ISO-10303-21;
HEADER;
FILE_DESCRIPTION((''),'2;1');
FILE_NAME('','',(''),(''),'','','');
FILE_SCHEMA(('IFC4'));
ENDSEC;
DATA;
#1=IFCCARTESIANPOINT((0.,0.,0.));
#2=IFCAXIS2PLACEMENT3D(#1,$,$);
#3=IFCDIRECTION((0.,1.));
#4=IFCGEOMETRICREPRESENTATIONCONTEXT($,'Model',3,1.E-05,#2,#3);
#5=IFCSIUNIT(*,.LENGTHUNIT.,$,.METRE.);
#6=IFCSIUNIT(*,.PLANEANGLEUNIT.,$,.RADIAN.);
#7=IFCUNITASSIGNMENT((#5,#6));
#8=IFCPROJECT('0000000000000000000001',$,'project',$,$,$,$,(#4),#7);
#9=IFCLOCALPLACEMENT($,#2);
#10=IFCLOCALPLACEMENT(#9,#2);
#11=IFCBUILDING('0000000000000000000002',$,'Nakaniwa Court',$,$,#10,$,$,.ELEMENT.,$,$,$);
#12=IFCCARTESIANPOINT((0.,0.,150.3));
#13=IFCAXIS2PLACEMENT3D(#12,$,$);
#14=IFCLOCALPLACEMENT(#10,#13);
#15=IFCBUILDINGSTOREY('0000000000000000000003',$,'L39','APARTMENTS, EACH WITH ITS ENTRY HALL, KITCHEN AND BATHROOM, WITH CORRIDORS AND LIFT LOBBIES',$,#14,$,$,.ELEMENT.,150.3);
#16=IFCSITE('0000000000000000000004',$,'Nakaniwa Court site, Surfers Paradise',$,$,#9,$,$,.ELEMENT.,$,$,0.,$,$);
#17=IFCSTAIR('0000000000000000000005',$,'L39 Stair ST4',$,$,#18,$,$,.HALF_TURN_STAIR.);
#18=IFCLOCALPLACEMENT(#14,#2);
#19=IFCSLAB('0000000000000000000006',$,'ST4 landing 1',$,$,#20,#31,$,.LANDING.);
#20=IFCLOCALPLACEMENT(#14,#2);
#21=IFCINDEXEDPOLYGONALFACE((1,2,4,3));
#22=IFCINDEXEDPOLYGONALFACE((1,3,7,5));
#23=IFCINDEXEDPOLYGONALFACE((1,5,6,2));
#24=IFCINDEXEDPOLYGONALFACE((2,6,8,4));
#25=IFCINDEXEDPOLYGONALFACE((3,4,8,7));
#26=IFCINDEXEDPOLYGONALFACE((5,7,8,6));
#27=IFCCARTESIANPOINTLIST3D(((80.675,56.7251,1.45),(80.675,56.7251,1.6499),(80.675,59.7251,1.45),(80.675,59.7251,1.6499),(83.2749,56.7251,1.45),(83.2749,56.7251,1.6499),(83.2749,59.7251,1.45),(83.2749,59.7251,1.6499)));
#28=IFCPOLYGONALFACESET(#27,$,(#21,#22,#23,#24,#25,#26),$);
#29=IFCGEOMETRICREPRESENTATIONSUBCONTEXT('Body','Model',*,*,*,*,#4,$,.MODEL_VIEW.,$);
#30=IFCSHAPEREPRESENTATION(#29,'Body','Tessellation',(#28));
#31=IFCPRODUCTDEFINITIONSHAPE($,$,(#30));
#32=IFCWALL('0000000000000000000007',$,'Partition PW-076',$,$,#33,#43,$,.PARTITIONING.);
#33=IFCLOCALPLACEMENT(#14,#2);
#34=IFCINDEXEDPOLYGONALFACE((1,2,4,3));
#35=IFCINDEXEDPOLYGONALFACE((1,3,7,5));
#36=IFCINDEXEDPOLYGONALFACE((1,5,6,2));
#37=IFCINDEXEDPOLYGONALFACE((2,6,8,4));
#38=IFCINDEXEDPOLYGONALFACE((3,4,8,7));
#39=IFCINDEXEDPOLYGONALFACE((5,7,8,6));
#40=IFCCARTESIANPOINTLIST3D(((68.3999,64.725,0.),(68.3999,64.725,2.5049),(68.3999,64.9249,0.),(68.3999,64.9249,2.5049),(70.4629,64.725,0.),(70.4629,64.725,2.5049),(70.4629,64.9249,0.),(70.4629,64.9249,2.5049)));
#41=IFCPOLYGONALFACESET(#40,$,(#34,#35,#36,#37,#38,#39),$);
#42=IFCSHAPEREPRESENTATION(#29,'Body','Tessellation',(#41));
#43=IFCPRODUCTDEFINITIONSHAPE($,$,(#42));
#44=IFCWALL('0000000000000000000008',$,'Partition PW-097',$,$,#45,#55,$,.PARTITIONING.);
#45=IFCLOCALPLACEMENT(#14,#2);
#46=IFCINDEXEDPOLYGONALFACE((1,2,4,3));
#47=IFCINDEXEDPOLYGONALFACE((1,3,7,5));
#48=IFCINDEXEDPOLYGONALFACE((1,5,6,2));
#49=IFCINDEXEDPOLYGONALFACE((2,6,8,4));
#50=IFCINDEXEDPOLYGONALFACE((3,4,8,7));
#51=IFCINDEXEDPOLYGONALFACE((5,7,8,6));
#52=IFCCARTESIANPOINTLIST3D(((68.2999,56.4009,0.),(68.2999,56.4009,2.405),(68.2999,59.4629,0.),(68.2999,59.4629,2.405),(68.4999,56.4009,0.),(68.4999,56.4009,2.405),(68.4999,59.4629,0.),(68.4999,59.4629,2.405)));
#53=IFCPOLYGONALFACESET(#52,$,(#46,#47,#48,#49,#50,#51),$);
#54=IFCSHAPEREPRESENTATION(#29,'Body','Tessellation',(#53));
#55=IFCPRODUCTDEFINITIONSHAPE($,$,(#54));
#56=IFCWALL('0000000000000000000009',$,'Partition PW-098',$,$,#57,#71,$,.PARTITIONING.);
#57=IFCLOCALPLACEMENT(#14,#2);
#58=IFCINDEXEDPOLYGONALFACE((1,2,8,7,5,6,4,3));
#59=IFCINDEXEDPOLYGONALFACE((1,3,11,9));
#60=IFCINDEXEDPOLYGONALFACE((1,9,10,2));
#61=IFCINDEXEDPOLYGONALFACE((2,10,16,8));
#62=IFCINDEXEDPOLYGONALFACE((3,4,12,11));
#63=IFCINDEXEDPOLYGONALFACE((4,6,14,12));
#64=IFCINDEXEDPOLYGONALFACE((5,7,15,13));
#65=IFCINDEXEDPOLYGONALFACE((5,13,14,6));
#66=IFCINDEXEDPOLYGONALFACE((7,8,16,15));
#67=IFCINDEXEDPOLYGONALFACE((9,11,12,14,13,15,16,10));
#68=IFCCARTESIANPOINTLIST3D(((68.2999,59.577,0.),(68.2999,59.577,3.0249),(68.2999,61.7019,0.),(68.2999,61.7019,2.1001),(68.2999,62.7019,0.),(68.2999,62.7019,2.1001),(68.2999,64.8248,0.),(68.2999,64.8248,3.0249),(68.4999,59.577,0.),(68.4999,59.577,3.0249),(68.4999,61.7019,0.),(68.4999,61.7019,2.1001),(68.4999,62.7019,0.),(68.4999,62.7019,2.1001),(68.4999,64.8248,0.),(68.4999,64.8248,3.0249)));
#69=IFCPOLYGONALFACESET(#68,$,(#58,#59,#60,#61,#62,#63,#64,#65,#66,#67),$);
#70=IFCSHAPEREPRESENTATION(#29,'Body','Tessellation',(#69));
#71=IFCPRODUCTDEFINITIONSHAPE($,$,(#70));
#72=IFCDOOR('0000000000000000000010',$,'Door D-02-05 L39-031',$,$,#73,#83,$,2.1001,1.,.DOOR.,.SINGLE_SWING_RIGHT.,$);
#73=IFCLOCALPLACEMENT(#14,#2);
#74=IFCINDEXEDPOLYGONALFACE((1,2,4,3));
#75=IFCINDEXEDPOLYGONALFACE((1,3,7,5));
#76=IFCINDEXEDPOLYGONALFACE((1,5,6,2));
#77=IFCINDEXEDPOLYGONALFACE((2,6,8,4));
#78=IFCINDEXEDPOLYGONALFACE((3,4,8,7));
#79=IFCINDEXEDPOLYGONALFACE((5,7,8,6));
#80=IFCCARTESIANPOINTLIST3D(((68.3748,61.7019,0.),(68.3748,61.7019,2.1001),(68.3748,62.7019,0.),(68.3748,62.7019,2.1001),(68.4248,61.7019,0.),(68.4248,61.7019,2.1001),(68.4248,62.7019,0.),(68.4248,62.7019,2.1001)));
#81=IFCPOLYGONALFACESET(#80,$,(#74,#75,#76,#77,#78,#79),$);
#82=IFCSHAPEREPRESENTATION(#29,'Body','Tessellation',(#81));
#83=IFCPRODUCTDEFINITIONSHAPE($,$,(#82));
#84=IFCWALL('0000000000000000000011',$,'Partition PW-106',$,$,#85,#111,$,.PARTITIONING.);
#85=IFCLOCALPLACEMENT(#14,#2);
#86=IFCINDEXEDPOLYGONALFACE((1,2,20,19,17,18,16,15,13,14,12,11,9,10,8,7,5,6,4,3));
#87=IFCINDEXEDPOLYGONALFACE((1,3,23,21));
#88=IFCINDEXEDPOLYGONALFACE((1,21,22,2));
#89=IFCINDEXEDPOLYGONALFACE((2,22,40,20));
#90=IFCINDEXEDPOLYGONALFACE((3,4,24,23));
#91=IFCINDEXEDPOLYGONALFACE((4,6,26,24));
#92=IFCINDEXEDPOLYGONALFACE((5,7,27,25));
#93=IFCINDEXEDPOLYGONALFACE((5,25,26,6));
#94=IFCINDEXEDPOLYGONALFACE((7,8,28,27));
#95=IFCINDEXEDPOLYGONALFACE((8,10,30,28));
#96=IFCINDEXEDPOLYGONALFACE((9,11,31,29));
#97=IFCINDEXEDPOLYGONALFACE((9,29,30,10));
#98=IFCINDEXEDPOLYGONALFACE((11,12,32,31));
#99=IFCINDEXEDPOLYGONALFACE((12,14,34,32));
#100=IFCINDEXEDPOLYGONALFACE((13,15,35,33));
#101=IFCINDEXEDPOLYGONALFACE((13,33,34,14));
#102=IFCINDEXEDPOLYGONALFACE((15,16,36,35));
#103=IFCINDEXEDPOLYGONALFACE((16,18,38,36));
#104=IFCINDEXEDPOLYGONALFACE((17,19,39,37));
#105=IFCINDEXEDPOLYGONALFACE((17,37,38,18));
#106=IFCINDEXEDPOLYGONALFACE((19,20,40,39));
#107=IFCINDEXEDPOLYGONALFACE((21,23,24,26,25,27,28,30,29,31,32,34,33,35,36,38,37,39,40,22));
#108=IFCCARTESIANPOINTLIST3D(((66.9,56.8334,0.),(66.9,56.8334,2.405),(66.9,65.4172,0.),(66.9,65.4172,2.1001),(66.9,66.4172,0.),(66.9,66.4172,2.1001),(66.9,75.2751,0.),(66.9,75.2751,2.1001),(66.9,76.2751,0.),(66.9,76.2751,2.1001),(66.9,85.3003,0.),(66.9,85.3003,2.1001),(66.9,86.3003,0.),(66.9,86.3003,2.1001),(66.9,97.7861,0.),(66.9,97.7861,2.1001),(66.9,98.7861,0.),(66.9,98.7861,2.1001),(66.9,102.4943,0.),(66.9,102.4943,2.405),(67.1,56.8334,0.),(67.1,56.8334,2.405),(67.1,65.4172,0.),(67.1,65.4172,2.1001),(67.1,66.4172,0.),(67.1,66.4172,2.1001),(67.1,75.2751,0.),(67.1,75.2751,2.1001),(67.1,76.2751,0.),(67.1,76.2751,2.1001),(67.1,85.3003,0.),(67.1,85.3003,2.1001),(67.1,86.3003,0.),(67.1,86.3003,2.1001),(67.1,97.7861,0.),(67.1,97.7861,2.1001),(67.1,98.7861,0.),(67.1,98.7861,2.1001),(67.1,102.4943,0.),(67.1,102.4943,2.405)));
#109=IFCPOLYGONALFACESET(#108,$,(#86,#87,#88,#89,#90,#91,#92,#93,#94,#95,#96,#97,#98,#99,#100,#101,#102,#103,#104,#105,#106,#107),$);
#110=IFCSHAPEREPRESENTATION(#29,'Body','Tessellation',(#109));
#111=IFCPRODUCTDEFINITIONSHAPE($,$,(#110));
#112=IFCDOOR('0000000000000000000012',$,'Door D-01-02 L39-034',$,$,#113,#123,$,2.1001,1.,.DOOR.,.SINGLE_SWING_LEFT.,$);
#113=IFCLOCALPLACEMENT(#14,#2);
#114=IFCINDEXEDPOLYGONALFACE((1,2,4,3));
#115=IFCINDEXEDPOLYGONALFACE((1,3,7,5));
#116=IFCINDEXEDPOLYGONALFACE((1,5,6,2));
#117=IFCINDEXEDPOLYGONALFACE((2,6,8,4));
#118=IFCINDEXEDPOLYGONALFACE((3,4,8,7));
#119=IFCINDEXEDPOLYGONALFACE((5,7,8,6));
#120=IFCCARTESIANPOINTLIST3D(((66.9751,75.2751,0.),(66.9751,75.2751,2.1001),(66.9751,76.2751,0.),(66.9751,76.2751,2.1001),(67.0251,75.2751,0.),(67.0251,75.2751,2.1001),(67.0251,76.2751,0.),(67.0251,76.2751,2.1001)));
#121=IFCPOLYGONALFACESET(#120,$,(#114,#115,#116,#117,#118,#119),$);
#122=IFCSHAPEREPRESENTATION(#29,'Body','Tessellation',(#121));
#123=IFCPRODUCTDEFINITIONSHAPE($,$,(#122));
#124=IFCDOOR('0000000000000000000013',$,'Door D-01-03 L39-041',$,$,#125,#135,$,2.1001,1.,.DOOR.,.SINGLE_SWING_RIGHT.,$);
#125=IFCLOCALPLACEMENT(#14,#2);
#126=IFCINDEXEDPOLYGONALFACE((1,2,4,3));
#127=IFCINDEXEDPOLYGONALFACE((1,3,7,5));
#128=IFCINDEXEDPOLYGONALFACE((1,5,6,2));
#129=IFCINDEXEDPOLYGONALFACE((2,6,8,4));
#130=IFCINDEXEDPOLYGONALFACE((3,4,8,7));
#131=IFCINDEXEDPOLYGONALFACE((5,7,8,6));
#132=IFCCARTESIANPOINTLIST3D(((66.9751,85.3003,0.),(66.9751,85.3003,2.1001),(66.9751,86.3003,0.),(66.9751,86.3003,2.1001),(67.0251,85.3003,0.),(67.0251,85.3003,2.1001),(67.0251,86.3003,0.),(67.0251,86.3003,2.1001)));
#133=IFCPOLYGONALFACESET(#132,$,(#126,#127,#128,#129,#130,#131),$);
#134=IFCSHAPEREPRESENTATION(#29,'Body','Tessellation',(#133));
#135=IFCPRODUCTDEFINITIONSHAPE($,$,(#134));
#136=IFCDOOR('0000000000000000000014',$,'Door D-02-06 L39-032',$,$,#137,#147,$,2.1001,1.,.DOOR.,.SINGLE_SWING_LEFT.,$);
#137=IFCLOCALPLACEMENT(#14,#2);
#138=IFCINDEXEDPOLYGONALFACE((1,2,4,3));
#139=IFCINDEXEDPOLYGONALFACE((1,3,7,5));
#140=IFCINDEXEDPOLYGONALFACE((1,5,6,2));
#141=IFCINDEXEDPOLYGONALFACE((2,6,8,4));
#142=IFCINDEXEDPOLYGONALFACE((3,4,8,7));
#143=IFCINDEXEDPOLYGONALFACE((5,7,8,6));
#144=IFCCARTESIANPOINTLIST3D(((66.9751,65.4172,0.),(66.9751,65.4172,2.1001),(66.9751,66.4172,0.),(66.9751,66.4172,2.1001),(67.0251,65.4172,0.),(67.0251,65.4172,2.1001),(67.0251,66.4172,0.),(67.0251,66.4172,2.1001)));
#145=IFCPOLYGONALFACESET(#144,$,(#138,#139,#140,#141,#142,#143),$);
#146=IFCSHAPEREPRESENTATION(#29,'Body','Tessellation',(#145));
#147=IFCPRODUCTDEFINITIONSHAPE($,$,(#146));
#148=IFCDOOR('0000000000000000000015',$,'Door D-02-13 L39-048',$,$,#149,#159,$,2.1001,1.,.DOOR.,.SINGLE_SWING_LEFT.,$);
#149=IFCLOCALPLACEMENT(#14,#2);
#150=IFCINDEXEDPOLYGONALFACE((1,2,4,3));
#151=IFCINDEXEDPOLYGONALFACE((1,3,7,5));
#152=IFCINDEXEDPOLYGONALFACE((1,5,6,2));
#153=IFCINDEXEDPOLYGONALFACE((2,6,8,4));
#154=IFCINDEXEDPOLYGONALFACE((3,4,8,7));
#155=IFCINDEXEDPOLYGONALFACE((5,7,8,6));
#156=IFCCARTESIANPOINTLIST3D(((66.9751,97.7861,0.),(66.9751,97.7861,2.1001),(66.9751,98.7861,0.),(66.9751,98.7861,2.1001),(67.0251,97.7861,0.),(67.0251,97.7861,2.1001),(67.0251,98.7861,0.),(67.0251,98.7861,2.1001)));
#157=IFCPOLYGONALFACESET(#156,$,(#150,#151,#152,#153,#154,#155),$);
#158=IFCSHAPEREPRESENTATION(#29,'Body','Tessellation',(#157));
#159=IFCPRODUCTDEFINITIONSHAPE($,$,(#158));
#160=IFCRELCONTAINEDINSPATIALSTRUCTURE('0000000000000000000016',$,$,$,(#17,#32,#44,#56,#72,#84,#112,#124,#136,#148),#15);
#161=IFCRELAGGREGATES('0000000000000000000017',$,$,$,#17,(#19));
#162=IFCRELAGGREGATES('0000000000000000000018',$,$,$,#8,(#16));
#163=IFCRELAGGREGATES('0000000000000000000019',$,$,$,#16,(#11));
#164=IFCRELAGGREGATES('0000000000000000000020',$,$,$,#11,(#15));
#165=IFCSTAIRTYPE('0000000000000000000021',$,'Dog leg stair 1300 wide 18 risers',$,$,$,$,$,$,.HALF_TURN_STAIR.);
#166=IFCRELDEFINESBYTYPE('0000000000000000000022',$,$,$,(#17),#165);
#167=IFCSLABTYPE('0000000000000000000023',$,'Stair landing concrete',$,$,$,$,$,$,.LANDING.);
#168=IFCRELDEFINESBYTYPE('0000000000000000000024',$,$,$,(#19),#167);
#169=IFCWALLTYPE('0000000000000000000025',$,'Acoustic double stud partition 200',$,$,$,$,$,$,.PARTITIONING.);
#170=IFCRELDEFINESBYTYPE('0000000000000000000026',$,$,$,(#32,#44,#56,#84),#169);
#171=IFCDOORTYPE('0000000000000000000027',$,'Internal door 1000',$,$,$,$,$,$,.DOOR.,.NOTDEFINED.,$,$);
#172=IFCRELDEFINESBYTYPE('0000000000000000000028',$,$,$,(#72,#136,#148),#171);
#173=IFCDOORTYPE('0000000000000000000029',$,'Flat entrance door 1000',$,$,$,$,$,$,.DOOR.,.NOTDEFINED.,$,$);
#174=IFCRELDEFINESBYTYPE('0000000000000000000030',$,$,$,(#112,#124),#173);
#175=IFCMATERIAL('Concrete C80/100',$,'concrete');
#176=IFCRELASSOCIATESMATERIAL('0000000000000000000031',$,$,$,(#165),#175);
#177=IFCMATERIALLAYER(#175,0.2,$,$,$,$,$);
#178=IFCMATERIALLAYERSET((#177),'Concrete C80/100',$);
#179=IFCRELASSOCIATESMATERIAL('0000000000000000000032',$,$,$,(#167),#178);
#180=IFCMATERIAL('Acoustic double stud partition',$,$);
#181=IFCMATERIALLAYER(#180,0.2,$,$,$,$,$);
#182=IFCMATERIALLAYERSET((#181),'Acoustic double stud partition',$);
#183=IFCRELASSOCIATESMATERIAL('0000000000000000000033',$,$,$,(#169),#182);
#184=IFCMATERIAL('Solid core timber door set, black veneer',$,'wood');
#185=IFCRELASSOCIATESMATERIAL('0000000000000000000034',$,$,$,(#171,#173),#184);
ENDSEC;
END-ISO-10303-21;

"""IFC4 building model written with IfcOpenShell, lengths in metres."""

from ifc_helpers import new_model, si_unit, direction, frame, frame_2d, origin, place, context, subcontext, project, spatial, polyline, rectangle, outline, extrude, material, layer, layer_set, type_object, element, fill, aggregate, save


model = new_model("IFC4")

# Units and contexts
model_context = context("Model", 3, precision=1e-05, world=origin(), true_north=direction((0.0, 1.0)))
body_context = subcontext(model_context, "Body", "Model", "MODEL_VIEW")
ifc_project = project(units=[si_unit("LENGTHUNIT", "METRE"), si_unit("PLANEANGLEUNIT", "RADIAN")], contexts=[model_context])

# Site, building, storey
site_placement = place(None, origin())
site = spatial("IfcSite", under=ifc_project, at=site_placement, Name="Nakaniwa Court site, Surfers Paradise", CompositionType="ELEMENT", RefElevation=0.0)
building_placement = place(site_placement, origin())
building = spatial("IfcBuilding", under=site, at=building_placement, Name="Nakaniwa Court", CompositionType="ELEMENT")
storey_placement = place(building_placement, frame((0.0, 0.0, 150.3)))
storey = spatial("IfcBuildingStorey", under=building, at=storey_placement, Name="L39", Description="APARTMENTS, EACH WITH ITS ENTRY HALL, KITCHEN AND BATHROOM, WITH CORRIDORS AND LIFT LOBBIES", CompositionType="ELEMENT", Elevation=150.3)

# Shared definitions
ifc_material_1 = material(Name="Concrete C80/100", Category="concrete")

# Stair, slab
stair_type = type_object("IfcStairType", Name="Dog leg stair 1300 wide 18 risers", PredefinedType="HALF_TURN_STAIR", material=ifc_material_1)
ifc_layer_1 = layer(ifc_material_1, 0.2)
ifc_layer_set_1 = layer_set([ifc_layer_1], Name="Concrete C80/100")
slab_type_1 = type_object("IfcSlabType", Name="Stair landing concrete", PredefinedType="LANDING", material=ifc_layer_set_1)
stair_1_placement = place(storey_placement, origin())
stair_1 = element("IfcStair", 1, at=stair_1_placement, inside=storey, type_object=stair_type, Name="L39 Stair ST4", PredefinedType="HALF_TURN_STAIR")
slab_1_placement = place(storey_placement, frame((0.0, 0.0, 1.45)))
slab_1 = element("IfcSlab", 2, at=slab_1_placement, type_object=slab_type_1, Name="ST4 landing 1", PredefinedType="LANDING", context=body_context, shape_type="SweptSolid", body=[
    extrude(outline(polyline([(83.2749, 56.7251), (83.2749, 59.7251), (80.675, 59.7251), (80.675, 56.7251), (83.2749, 56.7251)])), origin(), (0.0, 0.0, 1.0), 0.2),
])
aggregate(stair_1, [slab_1])

# Walls
ifc_material_2 = material(Name="Acoustic double stud partition")
ifc_layer_2 = layer(ifc_material_2, 0.2)
ifc_layer_set_2 = layer_set([ifc_layer_2], Name="Acoustic double stud partition")
wall_type_1 = type_object("IfcWallType", Name="Acoustic double stud partition 200", PredefinedType="PARTITIONING", material=ifc_layer_set_2)
wall_1_placement = place(storey_placement, frame((68.3999, 64.825, 0.0), z_axis=(0.0, 0.0, 1.0), x_axis=(1.0, 0.0, 0.0)))
element("IfcWall", 3, at=wall_1_placement, inside=storey, type_object=wall_type_1, Name="Partition PW-076", PredefinedType="PARTITIONING", context=body_context, shape_type="SweptSolid", body=[
    extrude(rectangle(XDim=2.063, YDim=0.2, at=frame_2d((1.0315, 0.0))), origin(), (0.0, 0.0, 1.0), 2.5049),
])
wall_2_placement = place(storey_placement, frame((68.3999, 56.4009, 0.0), z_axis=(0.0, 0.0, 1.0), x_axis=(0.0, 1.0, 0.0)))
element("IfcWall", 4, at=wall_2_placement, inside=storey, type_object=wall_type_1, Name="Partition PW-097", PredefinedType="PARTITIONING", context=body_context, shape_type="SweptSolid", body=[
    extrude(rectangle(XDim=3.062, YDim=0.2, at=frame_2d((1.531, 0.0))), origin(), (0.0, 0.0, 1.0), 2.405),
])

# Wall, opening, door
wall_3_placement = place(storey_placement, frame((68.3999, 64.825, 0.0), z_axis=(0.0, 0.0, 1.0), x_axis=(0.0, -1.0, 0.0)))
wall_3 = element("IfcWall", 5, at=wall_3_placement, inside=storey, type_object=wall_type_1, Name="Partition PW-098", PredefinedType="PARTITIONING", context=body_context, shape_type="SweptSolid", body=[
    extrude(rectangle(XDim=5.2478, YDim=0.2, at=frame_2d((2.624, 0.0))), origin(), (0.0, 0.0, 1.0), 3.0249),
])
opening_1_placement = place(wall_3_placement, frame((2.123, 0.0, 0.0)))
opening_1 = element("IfcOpeningElement", 6, at=opening_1_placement, cuts=wall_3, PredefinedType="OPENING", context=body_context, shape_type="SweptSolid", body=[
    extrude(rectangle(XDim=1.0, YDim=2.1001, at=frame_2d((0.5, 1.05))), frame((0.0, 0.1099, 0.0), z_axis=(0.0, -1.0, 0.0), x_axis=(1.0, 0.0, 0.0)), (0.0, 0.0, 1.0), 0.22),
])
ifc_material_3 = material(Name="Solid core timber door set, black veneer", Category="wood")
door_type_1 = type_object("IfcDoorType", Name="Internal door 1000", OperationType="NOTDEFINED", PredefinedType="DOOR", material=ifc_material_3)
door_1_placement = place(opening_1_placement, origin())
door_1 = element("IfcDoor", 7, at=door_1_placement, inside=storey, type_object=door_type_1, Name="Door D-02-05 L39-031", OperationType="SINGLE_SWING_RIGHT", OverallHeight=2.1001, OverallWidth=1.0, PredefinedType="DOOR", context=body_context, shape_type="SweptSolid", body=[
    extrude(rectangle(XDim=1.0, YDim=2.1001, at=frame_2d((0.5, 1.05))), frame((0.0, 0.0249, 0.0), z_axis=(0.0, -1.0, 0.0), x_axis=(1.0, 0.0, 0.0)), (0.0, 0.0, 1.0), 0.05),
])
fill(opening_1, door_1)

# Wall, openings, doors
wall_4_placement = place(storey_placement, frame((67.0, 56.8333, 0.0), z_axis=(0.0, 0.0, 1.0), x_axis=(0.0, 1.0, 0.0)))
wall_4 = element("IfcWall", 8, at=wall_4_placement, inside=storey, type_object=wall_type_1, Name="Partition PW-106", PredefinedType="PARTITIONING", context=body_context, shape_type="SweptSolid", body=[
    extrude(rectangle(XDim=45.6609, YDim=0.2, at=frame_2d((22.8306, 0.0))), origin(), (0.0, 0.0, 1.0), 2.405),
])
opening_2_placement = place(wall_4_placement, frame((8.584, 0.0, 0.0)))
opening_2 = element("IfcOpeningElement", 9, at=opening_2_placement, cuts=wall_4, PredefinedType="OPENING", context=body_context, shape_type="SweptSolid", body=[
    extrude(rectangle(XDim=1.0, YDim=2.1001, at=frame_2d((0.5, 1.05))), frame((0.0, 0.1099, 0.0), z_axis=(0.0, -1.0, 0.0), x_axis=(1.0, 0.0, 0.0)), (0.0, 0.0, 1.0), 0.22),
])
opening_3_placement = place(wall_4_placement, frame((18.4419, 0.0, 0.0)))
opening_3 = element("IfcOpeningElement", 10, at=opening_3_placement, cuts=wall_4, PredefinedType="OPENING", context=body_context, shape_type="SweptSolid", body=[
    extrude(rectangle(XDim=1.0, YDim=2.1001, at=frame_2d((0.5, 1.05))), frame((0.0, 0.1099, 0.0), z_axis=(0.0, -1.0, 0.0), x_axis=(1.0, 0.0, 0.0)), (0.0, 0.0, 1.0), 0.22),
])
opening_4_placement = place(wall_4_placement, frame((28.467, 0.0, 0.0)))
opening_4 = element("IfcOpeningElement", 11, at=opening_4_placement, cuts=wall_4, PredefinedType="OPENING", context=body_context, shape_type="SweptSolid", body=[
    extrude(rectangle(XDim=1.0, YDim=2.1001, at=frame_2d((0.5, 1.05))), frame((0.0, 0.1099, 0.0), z_axis=(0.0, -1.0, 0.0), x_axis=(1.0, 0.0, 0.0)), (0.0, 0.0, 1.0), 0.22),
])
opening_5_placement = place(wall_4_placement, frame((40.9529, 0.0, 0.0)))
opening_5 = element("IfcOpeningElement", 12, at=opening_5_placement, cuts=wall_4, PredefinedType="OPENING", context=body_context, shape_type="SweptSolid", body=[
    extrude(rectangle(XDim=1.0, YDim=2.1001, at=frame_2d((0.5, 1.05))), frame((0.0, 0.1099, 0.0), z_axis=(0.0, -1.0, 0.0), x_axis=(1.0, 0.0, 0.0)), (0.0, 0.0, 1.0), 0.22),
])
door_type_2 = type_object("IfcDoorType", Name="Flat entrance door 1000", OperationType="NOTDEFINED", PredefinedType="DOOR", material=ifc_material_3)
door_2_placement = place(opening_3_placement, origin())
door_2 = element("IfcDoor", 13, at=door_2_placement, inside=storey, type_object=door_type_2, Name="Door D-01-02 L39-034", OperationType="SINGLE_SWING_LEFT", OverallHeight=2.1001, OverallWidth=1.0, PredefinedType="DOOR", context=body_context, shape_type="SweptSolid", body=[
    extrude(rectangle(XDim=1.0, YDim=2.1001, at=frame_2d((0.5, 1.05))), frame((0.0, 0.0249, 0.0), z_axis=(0.0, -1.0, 0.0), x_axis=(1.0, 0.0, 0.0)), (0.0, 0.0, 1.0), 0.05),
])
fill(opening_3, door_2)
door_3_placement = place(opening_4_placement, origin())
door_3 = element("IfcDoor", 14, at=door_3_placement, inside=storey, type_object=door_type_2, Name="Door D-01-03 L39-041", OperationType="SINGLE_SWING_RIGHT", OverallHeight=2.1001, OverallWidth=1.0, PredefinedType="DOOR", context=body_context, shape_type="SweptSolid", body=[
    extrude(rectangle(XDim=1.0, YDim=2.1001, at=frame_2d((0.5, 1.05))), frame((0.0, 0.0249, 0.0), z_axis=(0.0, -1.0, 0.0), x_axis=(1.0, 0.0, 0.0)), (0.0, 0.0, 1.0), 0.05),
])
fill(opening_4, door_3)
door_4_placement = place(opening_2_placement, origin())
door_4 = element("IfcDoor", 15, at=door_4_placement, inside=storey, type_object=door_type_1, Name="Door D-02-06 L39-032", OperationType="SINGLE_SWING_LEFT", OverallHeight=2.1001, OverallWidth=1.0, PredefinedType="DOOR", context=body_context, shape_type="SweptSolid", body=[
    extrude(rectangle(XDim=1.0, YDim=2.1001, at=frame_2d((0.5, 1.05))), frame((0.0, 0.0249, 0.0), z_axis=(0.0, -1.0, 0.0), x_axis=(1.0, 0.0, 0.0)), (0.0, 0.0, 1.0), 0.05),
])
fill(opening_2, door_4)
door_5_placement = place(opening_5_placement, origin())
door_5 = element("IfcDoor", 16, at=door_5_placement, inside=storey, type_object=door_type_1, Name="Door D-02-13 L39-048", OperationType="SINGLE_SWING_LEFT", OverallHeight=2.1001, OverallWidth=1.0, PredefinedType="DOOR", context=body_context, shape_type="SweptSolid", body=[
    extrude(rectangle(XDim=1.0, YDim=2.1001, at=frame_2d((0.5, 1.05))), frame((0.0, 0.0249, 0.0), z_axis=(0.0, -1.0, 0.0), x_axis=(1.0, 0.0, 0.0)), (0.0, 0.0, 1.0), 0.05),
])
fill(opening_5, door_5)

save(model, "model.ifc")
